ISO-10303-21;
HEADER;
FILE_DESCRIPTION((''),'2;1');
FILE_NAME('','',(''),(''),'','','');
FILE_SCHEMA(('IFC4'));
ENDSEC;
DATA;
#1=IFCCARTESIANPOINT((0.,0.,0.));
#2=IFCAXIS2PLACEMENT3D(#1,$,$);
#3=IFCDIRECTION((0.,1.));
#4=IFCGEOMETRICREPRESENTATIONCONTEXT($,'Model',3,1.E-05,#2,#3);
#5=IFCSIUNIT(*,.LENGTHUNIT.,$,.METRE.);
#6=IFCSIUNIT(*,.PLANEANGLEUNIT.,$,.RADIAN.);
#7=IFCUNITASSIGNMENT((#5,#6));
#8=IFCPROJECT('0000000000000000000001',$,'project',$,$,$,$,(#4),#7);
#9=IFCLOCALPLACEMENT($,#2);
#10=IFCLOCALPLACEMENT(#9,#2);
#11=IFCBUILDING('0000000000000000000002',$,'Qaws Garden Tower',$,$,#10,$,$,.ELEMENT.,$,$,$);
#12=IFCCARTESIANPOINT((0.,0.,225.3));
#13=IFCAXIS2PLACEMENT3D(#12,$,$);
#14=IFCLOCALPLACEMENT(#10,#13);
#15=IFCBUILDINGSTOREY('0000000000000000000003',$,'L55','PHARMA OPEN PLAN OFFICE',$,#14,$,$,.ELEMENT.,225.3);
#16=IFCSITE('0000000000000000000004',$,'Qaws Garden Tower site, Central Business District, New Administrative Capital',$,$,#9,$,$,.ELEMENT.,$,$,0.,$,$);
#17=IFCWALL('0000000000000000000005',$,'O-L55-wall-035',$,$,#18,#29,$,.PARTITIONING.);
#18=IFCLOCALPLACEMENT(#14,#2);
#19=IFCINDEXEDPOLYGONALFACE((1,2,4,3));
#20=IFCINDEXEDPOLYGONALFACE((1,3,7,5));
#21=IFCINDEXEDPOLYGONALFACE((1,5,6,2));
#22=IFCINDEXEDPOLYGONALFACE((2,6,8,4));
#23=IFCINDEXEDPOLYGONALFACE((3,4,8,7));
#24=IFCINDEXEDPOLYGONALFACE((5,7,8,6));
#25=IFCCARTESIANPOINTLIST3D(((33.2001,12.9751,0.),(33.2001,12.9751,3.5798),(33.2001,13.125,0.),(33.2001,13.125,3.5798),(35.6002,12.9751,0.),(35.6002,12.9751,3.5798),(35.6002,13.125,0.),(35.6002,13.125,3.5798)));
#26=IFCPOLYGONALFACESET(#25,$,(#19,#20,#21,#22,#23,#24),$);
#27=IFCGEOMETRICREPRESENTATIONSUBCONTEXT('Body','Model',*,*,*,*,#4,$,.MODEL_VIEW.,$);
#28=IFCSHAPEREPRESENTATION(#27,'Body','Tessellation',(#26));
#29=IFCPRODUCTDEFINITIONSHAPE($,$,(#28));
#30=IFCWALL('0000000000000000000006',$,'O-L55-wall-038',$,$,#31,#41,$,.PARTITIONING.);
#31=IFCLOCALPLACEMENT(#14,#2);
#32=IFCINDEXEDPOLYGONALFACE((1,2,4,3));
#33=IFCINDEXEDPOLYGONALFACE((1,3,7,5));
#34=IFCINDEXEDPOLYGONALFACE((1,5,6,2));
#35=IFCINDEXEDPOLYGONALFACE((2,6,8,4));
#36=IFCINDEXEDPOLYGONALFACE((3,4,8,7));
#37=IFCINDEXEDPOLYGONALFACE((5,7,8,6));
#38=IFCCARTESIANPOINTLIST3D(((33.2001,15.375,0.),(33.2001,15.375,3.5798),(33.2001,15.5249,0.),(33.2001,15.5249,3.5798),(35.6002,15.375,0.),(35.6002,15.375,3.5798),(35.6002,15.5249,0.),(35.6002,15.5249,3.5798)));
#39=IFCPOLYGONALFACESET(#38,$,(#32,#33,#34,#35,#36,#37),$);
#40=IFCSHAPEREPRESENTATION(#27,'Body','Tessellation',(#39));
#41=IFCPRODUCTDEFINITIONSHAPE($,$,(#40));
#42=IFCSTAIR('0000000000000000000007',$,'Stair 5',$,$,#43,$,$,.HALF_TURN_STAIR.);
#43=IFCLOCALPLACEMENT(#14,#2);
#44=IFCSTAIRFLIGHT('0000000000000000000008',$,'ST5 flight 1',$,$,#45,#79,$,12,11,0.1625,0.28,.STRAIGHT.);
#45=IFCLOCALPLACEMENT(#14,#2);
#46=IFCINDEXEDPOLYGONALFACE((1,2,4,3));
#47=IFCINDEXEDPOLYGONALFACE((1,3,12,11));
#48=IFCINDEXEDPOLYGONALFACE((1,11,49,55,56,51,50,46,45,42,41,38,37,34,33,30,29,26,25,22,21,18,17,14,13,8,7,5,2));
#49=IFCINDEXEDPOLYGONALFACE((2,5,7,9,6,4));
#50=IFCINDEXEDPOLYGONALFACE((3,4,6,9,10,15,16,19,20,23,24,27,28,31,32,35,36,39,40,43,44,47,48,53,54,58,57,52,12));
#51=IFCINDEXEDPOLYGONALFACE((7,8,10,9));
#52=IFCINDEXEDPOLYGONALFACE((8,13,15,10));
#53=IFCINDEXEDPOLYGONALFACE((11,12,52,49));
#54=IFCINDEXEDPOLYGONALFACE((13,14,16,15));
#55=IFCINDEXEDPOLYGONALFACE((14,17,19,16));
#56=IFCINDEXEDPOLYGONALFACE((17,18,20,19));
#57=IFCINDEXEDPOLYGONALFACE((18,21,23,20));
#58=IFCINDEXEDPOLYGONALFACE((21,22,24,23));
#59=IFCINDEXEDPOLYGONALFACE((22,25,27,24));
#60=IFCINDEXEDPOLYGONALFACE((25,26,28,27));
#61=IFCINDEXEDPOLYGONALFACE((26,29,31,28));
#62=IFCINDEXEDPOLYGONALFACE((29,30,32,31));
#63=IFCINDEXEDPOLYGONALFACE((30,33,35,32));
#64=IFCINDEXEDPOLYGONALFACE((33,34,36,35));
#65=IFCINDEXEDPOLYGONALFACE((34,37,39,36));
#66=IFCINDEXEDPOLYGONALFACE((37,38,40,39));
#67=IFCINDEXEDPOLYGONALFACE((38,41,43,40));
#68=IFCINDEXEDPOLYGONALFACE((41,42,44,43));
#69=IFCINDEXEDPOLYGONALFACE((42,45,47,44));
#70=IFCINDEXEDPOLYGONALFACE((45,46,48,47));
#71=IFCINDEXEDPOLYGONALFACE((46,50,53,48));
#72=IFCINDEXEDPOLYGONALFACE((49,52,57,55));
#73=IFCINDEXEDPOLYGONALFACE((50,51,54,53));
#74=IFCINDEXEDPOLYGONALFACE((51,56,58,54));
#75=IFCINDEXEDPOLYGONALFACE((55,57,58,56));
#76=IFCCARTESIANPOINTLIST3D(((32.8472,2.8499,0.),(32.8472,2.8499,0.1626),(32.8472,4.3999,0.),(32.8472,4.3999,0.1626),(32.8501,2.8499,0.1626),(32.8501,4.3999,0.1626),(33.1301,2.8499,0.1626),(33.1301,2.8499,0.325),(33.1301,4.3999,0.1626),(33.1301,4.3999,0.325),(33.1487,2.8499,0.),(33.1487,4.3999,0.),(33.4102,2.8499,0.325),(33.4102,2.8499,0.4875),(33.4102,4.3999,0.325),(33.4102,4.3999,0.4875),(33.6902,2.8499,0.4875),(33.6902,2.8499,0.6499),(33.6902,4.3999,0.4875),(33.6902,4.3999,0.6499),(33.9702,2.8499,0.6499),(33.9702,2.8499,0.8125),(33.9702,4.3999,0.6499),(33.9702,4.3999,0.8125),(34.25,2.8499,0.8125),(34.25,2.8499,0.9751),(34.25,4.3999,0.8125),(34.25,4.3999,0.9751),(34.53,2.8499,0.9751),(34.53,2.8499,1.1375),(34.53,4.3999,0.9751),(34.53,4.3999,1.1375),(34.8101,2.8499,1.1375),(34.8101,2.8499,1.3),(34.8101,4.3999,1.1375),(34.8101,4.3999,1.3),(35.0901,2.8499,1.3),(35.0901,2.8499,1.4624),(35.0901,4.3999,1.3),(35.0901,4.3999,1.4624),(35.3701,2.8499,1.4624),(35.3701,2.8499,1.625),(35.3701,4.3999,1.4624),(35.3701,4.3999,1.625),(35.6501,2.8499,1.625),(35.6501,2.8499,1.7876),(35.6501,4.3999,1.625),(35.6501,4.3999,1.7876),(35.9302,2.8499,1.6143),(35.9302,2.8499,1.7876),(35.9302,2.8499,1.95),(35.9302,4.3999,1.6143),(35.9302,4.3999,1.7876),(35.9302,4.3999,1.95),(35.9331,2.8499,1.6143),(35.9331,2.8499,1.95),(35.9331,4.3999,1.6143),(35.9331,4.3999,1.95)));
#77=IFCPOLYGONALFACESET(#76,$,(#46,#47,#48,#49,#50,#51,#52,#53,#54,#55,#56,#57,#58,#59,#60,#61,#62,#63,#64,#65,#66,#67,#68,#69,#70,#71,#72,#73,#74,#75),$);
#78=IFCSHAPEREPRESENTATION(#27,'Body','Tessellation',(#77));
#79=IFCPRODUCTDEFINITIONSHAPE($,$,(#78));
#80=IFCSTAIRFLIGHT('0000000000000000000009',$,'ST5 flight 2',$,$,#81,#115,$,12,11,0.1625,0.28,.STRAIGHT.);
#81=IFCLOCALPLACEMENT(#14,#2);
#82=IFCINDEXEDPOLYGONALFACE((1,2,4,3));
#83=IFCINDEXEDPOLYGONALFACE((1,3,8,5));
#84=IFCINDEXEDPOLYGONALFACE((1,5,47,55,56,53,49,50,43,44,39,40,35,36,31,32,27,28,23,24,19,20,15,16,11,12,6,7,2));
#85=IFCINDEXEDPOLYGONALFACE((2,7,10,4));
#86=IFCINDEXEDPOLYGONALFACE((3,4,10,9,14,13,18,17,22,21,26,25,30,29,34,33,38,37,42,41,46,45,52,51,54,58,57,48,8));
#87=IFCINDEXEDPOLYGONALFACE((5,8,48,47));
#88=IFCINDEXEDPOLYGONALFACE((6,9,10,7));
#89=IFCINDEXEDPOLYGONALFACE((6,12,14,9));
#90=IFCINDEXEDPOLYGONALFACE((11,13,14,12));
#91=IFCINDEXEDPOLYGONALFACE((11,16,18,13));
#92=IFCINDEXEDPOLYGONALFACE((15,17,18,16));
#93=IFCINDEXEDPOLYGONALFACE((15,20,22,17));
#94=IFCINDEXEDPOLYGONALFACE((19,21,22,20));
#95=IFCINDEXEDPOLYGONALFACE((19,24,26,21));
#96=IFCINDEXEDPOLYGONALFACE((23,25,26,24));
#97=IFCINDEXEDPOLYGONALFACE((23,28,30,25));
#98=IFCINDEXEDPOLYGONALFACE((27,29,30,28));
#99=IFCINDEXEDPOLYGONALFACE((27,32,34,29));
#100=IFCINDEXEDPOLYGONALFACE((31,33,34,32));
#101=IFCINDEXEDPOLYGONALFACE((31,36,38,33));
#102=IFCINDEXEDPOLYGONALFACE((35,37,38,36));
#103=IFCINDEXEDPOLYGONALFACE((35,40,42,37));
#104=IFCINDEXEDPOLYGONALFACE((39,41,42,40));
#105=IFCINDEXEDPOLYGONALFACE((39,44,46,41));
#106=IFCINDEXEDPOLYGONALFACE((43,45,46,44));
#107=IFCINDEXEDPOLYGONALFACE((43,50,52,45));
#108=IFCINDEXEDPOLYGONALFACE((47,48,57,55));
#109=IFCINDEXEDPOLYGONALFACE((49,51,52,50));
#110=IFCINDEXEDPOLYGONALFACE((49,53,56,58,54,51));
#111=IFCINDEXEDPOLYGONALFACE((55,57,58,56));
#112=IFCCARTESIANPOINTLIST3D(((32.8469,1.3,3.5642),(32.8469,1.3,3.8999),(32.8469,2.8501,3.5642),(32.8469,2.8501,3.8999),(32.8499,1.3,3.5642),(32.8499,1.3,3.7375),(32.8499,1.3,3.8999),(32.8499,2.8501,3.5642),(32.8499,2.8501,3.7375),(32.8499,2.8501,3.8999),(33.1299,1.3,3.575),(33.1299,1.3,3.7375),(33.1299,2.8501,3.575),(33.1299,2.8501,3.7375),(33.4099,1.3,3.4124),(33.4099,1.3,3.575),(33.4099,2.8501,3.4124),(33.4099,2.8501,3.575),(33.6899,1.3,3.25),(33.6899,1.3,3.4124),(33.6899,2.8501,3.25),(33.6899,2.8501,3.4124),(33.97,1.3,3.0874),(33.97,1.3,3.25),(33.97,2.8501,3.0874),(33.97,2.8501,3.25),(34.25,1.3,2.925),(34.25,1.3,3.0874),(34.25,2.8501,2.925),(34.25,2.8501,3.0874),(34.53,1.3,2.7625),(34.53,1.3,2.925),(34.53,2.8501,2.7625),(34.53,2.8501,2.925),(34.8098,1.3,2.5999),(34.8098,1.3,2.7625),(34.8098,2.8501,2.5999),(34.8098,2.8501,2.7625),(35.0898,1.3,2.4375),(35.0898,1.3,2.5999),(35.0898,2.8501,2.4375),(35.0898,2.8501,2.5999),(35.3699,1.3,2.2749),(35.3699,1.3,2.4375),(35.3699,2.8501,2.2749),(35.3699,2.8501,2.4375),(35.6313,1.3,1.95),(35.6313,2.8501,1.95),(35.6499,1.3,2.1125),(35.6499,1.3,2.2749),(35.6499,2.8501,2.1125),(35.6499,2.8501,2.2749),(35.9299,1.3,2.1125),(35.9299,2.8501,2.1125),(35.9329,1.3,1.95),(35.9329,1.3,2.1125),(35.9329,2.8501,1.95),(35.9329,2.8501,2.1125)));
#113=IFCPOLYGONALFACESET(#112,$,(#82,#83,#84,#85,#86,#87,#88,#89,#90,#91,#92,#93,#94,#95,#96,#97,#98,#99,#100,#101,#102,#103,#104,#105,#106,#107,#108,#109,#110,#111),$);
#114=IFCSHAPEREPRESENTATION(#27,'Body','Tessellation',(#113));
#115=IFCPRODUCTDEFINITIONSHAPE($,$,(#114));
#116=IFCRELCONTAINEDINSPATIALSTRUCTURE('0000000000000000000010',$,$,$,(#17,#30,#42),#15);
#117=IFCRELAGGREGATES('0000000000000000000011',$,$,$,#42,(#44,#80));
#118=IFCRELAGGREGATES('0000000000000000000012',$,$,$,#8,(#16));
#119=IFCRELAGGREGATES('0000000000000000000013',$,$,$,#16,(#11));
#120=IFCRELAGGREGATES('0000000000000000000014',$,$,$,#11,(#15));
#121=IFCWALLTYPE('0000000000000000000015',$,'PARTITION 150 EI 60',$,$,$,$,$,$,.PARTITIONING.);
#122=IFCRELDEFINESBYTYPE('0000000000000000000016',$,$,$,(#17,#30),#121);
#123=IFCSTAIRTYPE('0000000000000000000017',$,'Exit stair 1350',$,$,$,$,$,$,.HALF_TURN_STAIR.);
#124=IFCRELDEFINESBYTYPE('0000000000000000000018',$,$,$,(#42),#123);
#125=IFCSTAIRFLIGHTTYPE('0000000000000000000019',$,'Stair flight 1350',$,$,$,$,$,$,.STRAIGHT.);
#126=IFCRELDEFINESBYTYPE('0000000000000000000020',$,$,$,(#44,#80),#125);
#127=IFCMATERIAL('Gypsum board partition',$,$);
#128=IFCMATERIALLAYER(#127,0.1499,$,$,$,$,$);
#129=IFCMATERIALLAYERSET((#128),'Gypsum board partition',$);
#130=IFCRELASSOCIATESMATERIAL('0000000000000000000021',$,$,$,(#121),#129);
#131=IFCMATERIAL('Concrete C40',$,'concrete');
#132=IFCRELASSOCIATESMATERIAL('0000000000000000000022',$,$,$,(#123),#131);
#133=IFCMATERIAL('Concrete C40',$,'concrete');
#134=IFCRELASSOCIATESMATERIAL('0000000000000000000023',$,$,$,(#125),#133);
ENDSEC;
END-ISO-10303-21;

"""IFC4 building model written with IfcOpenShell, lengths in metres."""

from ifc_helpers import new_model, si_unit, direction, frame, frame_2d, origin, place, context, subcontext, project, spatial, polyline, rectangle, outline, extrude, material, layer, layer_set, type_object, element, aggregate, save


model = new_model("IFC4")

# Units and contexts
model_context = context("Model", 3, precision=1e-05, world=origin(), true_north=direction((0.0, 1.0)))
body_context = subcontext(model_context, "Body", "Model", "MODEL_VIEW")
ifc_project = project(units=[si_unit("LENGTHUNIT", "METRE"), si_unit("PLANEANGLEUNIT", "RADIAN")], contexts=[model_context])

# Site, building, storey
site_placement = place(None, origin())
site = spatial("IfcSite", under=ifc_project, at=site_placement, Name="Qaws Garden Tower site, Central Business District, New Administrative Capital", CompositionType="ELEMENT", RefElevation=0.0)
building_placement = place(site_placement, origin())
building = spatial("IfcBuilding", under=site, at=building_placement, Name="Qaws Garden Tower", CompositionType="ELEMENT")
storey_placement = place(building_placement, frame((0.0, 0.0, 225.3)))
storey = spatial("IfcBuildingStorey", under=building, at=storey_placement, Name="L55", Description="PHARMA OPEN PLAN OFFICE", CompositionType="ELEMENT", Elevation=225.3)

# Shared definitions
ifc_material_1 = material(Name="Gypsum board partition")
ifc_layer_1 = layer(ifc_material_1, 0.1499)
ifc_layer_set_1 = layer_set([ifc_layer_1], Name="Gypsum board partition")
wall_type_1 = type_object("IfcWallType", Name="PARTITION 150 EI 60", PredefinedType="PARTITIONING", material=ifc_layer_set_1)

# Walls
for number, where, z_axis, x_axis, name in (
    (1, (33.2, 13.05, 0.0), (0.0, 0.0, 1.0), (1.0, 0.0, 0.0), "O-L55-wall-035"),
    (2, (33.2, 15.45, 0.0), (0.0, 0.0, 1.0), (1.0, 0.0, 0.0), "O-L55-wall-038"),
):
    element("IfcWall", number, at=place(storey_placement, frame(where, z_axis=z_axis, x_axis=x_axis)), inside=storey, type_object=wall_type_1, Name=name, PredefinedType="PARTITIONING", context=body_context, shape_type="SweptSolid", body=[
        extrude(rectangle(XDim=2.4001, YDim=0.1499, at=frame_2d((1.2002, 0.0))), origin(), (0.0, 0.0, 1.0), 3.5798),
    ])

# Stair, stair flights
ifc_material_2 = material(Name="Concrete C40", Category="concrete")
stair_type = type_object("IfcStairType", Name="Exit stair 1350", PredefinedType="HALF_TURN_STAIR", material=ifc_material_2)
stair_placement = place(storey_placement, origin())
stair = element("IfcStair", 3, at=stair_placement, inside=storey, type_object=stair_type, Name="Stair 5", PredefinedType="HALF_TURN_STAIR")
ifc_material_3 = material(Name="Concrete C40", Category="concrete")
stair_flight_type = type_object("IfcStairFlightType", Name="Stair flight 1350", PredefinedType="STRAIGHT", material=ifc_material_3)
stair_flight_1_placement = place(storey_placement, frame((32.8501, 3.625, 0.0), z_axis=(0.0, 0.0, 1.0), x_axis=(1.0, 0.0, 0.0)))
stair_flight_1 = element("IfcStairFlight", 4, at=stair_flight_1_placement, type_object=stair_flight_type, Name="ST5 flight 1", NumberOfRisers=12, NumberOfTreads=11, PredefinedType="STRAIGHT", RiserHeight=0.1625, TreadLength=0.28, context=body_context, shape_type="SweptSolid", body=[
    extrude(outline(polyline([(-0.0029, 0.0), (-0.0029, 0.1626), (0.0, 0.1626), (0.28, 0.1626), (0.28, 0.325), (0.5601, 0.325), (0.5601, 0.4875), (0.8401, 0.4875), (0.8401, 0.6499), (1.1201, 0.6499), (1.1201, 0.8125), (1.3999, 0.8125), (1.3999, 0.9751), (1.6799, 0.9751), (1.6799, 1.1375), (1.96, 1.1375), (1.96, 1.3), (2.24, 1.3), (2.24, 1.4624), (2.52, 1.4624), (2.52, 1.625), (2.8, 1.625), (2.8, 1.7876), (3.0801, 1.7876), (3.0801, 1.95), (3.083, 1.95), (3.083, 1.6143), (3.0801, 1.6143), (0.2986, 0.0), (-0.0029, 0.0)])), frame((0.0, 0.7749, 0.0), z_axis=(0.0, -1.0, 0.0), x_axis=(1.0, 0.0, 0.0)), (0.0, 0.0, 1.0), 1.55),
])
stair_flight_2_placement = place(storey_placement, frame((35.9299, 2.075, 1.95), z_axis=(0.0, 0.0, 1.0), x_axis=(-1.0, 0.0, 0.0)))
stair_flight_2 = element("IfcStairFlight", 5, at=stair_flight_2_placement, type_object=stair_flight_type, Name="ST5 flight 2", NumberOfRisers=12, NumberOfTreads=11, PredefinedType="STRAIGHT", RiserHeight=0.1625, TreadLength=0.28, context=body_context, shape_type="SweptSolid", body=[
    extrude(outline(polyline([(-0.0029, 0.0), (-0.0029, 0.1626), (0.0, 0.1626), (0.28, 0.1626), (0.28, 0.325), (0.5601, 0.325), (0.5601, 0.4875), (0.8401, 0.4875), (0.8401, 0.6499), (1.1201, 0.6499), (1.1201, 0.8125), (1.3999, 0.8125), (1.3999, 0.9751), (1.6799, 0.9751), (1.6799, 1.1375), (1.96, 1.1375), (1.96, 1.3), (2.24, 1.3), (2.24, 1.4624), (2.52, 1.4624), (2.52, 1.625), (2.8, 1.625), (2.8, 1.7876), (3.0801, 1.7876), (3.0801, 1.95), (3.083, 1.95), (3.083, 1.6143), (3.0801, 1.6143), (0.2986, 0.0), (-0.0029, 0.0)])), frame((0.0, 0.7749, 0.0), z_axis=(0.0, -1.0, 0.0), x_axis=(1.0, 0.0, 0.0)), (0.0, 0.0, 1.0), 1.55),
])
aggregate(stair, [stair_flight_1, stair_flight_2])

save(model, "model.ifc")
